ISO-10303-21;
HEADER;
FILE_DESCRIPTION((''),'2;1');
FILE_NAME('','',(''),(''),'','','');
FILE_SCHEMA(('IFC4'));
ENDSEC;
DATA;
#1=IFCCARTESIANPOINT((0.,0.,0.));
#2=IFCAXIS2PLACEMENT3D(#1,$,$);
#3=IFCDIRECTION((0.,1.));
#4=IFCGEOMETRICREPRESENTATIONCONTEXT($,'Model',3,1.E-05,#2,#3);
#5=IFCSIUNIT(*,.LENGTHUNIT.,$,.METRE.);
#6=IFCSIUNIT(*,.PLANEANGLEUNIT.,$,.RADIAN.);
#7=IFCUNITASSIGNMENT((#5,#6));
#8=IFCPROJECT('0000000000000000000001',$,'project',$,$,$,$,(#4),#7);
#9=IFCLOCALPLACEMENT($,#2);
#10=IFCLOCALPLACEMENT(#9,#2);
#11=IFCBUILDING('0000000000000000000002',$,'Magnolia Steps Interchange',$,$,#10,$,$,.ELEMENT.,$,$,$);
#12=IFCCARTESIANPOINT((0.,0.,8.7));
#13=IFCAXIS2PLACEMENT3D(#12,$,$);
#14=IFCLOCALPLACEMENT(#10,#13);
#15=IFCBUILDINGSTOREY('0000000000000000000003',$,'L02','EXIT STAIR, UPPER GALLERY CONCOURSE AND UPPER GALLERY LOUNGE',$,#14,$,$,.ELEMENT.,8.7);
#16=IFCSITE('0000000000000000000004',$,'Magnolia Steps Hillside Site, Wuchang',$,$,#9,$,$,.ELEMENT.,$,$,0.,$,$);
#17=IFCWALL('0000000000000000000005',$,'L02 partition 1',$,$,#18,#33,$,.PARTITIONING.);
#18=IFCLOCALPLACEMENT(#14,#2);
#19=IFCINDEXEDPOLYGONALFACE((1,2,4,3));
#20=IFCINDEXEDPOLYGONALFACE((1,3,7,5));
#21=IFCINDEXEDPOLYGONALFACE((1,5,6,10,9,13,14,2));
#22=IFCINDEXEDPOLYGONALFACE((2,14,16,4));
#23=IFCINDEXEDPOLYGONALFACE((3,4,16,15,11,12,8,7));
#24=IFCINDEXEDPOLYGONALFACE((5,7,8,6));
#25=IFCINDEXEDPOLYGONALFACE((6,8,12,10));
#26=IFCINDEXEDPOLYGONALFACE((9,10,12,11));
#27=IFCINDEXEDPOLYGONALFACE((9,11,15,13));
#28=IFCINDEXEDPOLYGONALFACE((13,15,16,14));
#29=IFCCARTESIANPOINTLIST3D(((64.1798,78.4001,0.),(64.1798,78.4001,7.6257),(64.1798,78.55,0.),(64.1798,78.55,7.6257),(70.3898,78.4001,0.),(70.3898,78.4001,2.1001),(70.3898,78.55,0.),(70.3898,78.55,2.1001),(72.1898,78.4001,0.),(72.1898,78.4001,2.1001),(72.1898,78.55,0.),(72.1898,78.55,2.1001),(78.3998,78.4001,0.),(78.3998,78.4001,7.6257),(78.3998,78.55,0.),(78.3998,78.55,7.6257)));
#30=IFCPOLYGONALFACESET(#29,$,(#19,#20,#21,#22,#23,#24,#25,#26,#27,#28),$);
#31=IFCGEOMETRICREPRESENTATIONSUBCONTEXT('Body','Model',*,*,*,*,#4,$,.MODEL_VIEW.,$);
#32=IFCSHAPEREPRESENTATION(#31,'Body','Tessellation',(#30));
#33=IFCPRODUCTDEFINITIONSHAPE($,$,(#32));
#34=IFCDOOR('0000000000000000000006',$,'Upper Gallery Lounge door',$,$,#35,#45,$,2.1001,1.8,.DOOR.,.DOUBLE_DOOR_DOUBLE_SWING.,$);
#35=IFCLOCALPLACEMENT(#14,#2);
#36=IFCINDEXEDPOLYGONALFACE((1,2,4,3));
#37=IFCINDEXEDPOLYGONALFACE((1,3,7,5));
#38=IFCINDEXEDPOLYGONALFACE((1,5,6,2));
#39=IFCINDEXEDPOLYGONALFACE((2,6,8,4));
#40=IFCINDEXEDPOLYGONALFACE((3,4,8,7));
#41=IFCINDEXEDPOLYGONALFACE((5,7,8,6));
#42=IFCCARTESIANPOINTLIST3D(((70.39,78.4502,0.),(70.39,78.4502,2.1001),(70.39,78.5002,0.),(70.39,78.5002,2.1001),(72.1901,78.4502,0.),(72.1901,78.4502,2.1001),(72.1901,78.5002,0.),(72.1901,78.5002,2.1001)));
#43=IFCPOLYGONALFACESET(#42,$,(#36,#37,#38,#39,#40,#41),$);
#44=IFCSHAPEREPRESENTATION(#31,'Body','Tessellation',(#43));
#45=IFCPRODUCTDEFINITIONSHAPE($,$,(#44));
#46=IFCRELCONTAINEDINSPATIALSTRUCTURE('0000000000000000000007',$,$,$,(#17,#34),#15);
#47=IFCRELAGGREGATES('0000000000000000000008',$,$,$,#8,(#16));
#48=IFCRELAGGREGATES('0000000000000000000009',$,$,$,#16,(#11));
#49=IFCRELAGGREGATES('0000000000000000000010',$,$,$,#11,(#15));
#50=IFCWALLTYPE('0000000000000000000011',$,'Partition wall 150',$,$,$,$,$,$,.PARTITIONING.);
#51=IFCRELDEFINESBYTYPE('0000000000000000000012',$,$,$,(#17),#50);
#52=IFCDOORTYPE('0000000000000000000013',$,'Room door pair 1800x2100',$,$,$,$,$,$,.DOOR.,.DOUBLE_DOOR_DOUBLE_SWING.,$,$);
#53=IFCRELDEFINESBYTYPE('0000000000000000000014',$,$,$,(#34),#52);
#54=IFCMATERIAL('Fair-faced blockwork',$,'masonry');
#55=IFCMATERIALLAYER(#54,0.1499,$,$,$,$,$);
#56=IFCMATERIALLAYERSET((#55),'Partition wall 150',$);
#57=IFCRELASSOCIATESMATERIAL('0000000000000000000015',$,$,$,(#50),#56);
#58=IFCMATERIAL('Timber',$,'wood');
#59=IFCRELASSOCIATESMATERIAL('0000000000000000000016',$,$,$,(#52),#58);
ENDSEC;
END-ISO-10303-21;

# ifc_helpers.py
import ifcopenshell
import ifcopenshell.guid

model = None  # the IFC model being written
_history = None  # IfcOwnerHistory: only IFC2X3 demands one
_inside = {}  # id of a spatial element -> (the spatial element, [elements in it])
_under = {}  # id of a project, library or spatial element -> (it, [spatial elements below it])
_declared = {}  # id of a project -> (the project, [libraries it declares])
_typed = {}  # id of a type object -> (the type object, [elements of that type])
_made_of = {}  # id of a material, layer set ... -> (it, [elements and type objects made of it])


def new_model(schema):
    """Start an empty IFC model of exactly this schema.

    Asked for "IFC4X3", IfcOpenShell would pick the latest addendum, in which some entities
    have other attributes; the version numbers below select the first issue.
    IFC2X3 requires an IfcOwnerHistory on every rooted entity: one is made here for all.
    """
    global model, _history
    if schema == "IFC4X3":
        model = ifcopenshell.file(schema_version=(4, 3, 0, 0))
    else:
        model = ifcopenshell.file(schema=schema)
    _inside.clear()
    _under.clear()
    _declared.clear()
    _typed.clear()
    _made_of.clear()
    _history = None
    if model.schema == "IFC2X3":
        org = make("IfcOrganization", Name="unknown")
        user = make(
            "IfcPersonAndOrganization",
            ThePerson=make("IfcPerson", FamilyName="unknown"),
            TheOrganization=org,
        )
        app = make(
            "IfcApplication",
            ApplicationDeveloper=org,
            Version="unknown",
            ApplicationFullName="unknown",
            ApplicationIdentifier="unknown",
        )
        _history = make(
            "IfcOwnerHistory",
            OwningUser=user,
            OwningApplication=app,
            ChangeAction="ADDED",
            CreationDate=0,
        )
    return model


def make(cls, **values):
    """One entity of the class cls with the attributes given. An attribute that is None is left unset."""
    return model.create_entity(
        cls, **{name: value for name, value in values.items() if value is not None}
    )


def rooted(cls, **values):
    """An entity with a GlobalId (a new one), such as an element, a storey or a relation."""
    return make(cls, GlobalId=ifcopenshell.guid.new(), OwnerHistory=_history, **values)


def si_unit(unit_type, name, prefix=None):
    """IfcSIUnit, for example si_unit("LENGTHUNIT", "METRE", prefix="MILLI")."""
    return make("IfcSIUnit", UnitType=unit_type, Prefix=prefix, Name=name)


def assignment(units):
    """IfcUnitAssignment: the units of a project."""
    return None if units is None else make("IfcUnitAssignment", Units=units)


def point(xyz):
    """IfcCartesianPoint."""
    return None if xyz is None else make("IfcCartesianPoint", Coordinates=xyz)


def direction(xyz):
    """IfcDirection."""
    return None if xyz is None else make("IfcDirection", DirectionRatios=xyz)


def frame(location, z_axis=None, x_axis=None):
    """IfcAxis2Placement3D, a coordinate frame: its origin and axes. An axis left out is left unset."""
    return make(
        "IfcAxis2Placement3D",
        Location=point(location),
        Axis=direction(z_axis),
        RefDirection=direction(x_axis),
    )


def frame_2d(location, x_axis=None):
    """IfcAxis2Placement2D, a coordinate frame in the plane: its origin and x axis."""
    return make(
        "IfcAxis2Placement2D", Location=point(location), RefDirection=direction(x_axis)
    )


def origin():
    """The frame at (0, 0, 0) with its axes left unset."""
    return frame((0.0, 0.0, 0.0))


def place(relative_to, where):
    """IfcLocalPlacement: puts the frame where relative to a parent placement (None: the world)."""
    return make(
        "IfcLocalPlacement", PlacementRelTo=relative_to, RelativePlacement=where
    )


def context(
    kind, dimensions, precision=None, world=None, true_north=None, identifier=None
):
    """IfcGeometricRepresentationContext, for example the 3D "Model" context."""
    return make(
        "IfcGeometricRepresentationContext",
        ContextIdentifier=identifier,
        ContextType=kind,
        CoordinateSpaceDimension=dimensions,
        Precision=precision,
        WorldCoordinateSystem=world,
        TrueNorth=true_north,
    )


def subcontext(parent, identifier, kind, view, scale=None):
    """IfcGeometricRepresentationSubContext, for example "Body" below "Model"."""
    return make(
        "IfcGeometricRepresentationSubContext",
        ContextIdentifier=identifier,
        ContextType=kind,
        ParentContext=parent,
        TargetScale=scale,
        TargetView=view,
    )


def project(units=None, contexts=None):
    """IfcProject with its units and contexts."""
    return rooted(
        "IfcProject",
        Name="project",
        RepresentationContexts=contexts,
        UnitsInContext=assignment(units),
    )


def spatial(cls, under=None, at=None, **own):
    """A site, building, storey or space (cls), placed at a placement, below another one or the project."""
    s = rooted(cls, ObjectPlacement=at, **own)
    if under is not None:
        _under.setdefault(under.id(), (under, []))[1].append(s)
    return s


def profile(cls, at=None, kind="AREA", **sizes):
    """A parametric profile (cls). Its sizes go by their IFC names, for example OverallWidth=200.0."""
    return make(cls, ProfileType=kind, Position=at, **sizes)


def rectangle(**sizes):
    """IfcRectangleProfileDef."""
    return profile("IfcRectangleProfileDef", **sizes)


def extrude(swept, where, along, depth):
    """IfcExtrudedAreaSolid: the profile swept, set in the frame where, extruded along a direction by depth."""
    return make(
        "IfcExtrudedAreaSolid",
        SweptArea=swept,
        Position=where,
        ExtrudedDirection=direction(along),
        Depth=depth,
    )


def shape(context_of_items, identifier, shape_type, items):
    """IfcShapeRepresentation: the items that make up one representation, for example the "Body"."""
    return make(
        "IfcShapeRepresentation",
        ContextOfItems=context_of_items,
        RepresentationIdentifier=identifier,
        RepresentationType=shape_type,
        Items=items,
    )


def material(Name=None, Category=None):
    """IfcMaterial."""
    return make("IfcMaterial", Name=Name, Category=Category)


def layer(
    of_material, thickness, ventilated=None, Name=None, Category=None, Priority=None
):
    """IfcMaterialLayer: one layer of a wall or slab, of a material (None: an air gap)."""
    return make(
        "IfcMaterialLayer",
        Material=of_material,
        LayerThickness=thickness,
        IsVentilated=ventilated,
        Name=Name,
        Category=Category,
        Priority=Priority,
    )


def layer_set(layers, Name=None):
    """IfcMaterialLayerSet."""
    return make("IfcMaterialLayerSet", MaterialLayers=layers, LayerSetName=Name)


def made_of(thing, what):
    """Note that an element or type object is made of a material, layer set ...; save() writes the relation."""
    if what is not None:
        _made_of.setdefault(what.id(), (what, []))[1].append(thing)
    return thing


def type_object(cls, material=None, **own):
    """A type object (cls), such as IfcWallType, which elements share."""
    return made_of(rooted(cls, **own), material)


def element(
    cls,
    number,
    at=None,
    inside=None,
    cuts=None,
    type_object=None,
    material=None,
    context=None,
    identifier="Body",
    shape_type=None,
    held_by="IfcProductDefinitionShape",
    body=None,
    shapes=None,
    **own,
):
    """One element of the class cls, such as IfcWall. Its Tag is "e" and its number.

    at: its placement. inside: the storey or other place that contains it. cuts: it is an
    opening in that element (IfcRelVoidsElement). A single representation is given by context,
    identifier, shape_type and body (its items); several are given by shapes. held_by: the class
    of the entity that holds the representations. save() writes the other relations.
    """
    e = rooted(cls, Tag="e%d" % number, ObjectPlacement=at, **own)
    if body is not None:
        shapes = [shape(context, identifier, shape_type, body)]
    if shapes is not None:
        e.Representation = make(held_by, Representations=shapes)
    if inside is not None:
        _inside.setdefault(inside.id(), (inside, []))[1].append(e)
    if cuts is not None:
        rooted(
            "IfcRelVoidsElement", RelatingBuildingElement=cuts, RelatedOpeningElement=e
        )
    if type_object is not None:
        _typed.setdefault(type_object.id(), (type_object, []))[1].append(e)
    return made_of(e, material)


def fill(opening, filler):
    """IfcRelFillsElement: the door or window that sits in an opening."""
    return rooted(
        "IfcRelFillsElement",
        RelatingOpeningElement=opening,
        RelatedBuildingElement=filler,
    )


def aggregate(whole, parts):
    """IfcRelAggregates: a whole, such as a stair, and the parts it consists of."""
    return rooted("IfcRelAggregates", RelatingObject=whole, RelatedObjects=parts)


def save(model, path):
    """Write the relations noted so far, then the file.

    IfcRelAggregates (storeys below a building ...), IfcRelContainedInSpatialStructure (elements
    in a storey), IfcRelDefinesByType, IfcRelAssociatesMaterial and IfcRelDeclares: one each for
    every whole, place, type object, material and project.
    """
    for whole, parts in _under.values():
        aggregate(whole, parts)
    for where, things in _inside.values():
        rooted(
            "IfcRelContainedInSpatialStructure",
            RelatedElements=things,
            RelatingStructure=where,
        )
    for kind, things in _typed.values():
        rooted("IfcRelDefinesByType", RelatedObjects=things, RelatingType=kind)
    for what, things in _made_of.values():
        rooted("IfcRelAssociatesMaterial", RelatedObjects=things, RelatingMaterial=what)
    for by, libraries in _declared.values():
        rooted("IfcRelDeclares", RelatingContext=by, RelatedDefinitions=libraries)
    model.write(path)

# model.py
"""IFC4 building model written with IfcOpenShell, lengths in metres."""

from ifc_helpers import new_model, si_unit, direction, frame, frame_2d, origin, place, context, subcontext, project, spatial, rectangle, extrude, material, layer, layer_set, type_object, element, fill, save


model = new_model("IFC4")

# Units and contexts
model_context = context("Model", 3, precision=1e-05, world=origin(), true_north=direction((0.0, 1.0)))
body_context = subcontext(model_context, "Body", "Model", "MODEL_VIEW")
ifc_project = project(units=[si_unit("LENGTHUNIT", "METRE"), si_unit("PLANEANGLEUNIT", "RADIAN")], contexts=[model_context])

# Site, building, storey
site_placement = place(None, origin())
site = spatial("IfcSite", under=ifc_project, at=site_placement, Name="Magnolia Steps Hillside Site, Wuchang", CompositionType="ELEMENT", RefElevation=0.0)
building_placement = place(site_placement, origin())
building = spatial("IfcBuilding", under=site, at=building_placement, Name="Magnolia Steps Interchange", CompositionType="ELEMENT")
storey_placement = place(building_placement, frame((0.0, 0.0, 8.7)))
storey = spatial("IfcBuildingStorey", under=building, at=storey_placement, Name="L02", Description="EXIT STAIR, UPPER GALLERY CONCOURSE AND UPPER GALLERY LOUNGE", CompositionType="ELEMENT", Elevation=8.7)

# Wall, opening, door
ifc_material_1 = material(Name="Fair-faced blockwork", Category="masonry")
ifc_layer_1 = layer(ifc_material_1, 0.1499)
ifc_layer_set_1 = layer_set([ifc_layer_1], Name="Partition wall 150")
wall_type_1 = type_object("IfcWallType", Name="Partition wall 150", PredefinedType="PARTITIONING", material=ifc_layer_set_1)
wall_1_placement = place(storey_placement, frame((64.1799, 78.4751, 0.0), z_axis=(0.0, 0.0, 1.0), x_axis=(1.0, 0.0, 0.0)))
wall_1 = element("IfcWall", 1, at=wall_1_placement, inside=storey, type_object=wall_type_1, Name="L02 partition 1", PredefinedType="PARTITIONING", context=body_context, shape_type="SweptSolid", body=[
    extrude(rectangle(XDim=14.22, YDim=0.1499, at=frame_2d((7.1099, 0.0))), origin(), (0.0, 0.0, 1.0), 7.6257),
])
opening_1_placement = place(wall_1_placement, frame((6.21, 0.0, 0.0)))
opening_1 = element("IfcOpeningElement", 2, at=opening_1_placement, cuts=wall_1, PredefinedType="OPENING", context=body_context, shape_type="SweptSolid", body=[
    extrude(rectangle(XDim=1.8, YDim=2.1001, at=frame_2d((0.8999, 1.05))), frame((0.0, 0.085, 0.0), z_axis=(0.0, -1.0, 0.0), x_axis=(1.0, 0.0, 0.0)), (0.0, 0.0, 1.0), 0.1699),
])
ifc_material_2 = material(Name="Timber", Category="wood")
door_type_1 = type_object("IfcDoorType", Name="Room door pair 1800x2100", OperationType="DOUBLE_DOOR_DOUBLE_SWING", PredefinedType="DOOR", material=ifc_material_2)
door_1_placement = place(opening_1_placement, frame((1.8, 0.0, 0.0), z_axis=(0.0, 0.0, 1.0), x_axis=(-1.0, 0.0, 0.0)))
door_1 = element("IfcDoor", 3, at=door_1_placement, inside=storey, type_object=door_type_1, Name="Upper Gallery Lounge door", OperationType="DOUBLE_DOOR_DOUBLE_SWING", OverallHeight=2.1001, OverallWidth=1.8, PredefinedType="DOOR", context=body_context, shape_type="SweptSolid", body=[
    extrude(rectangle(XDim=1.8, YDim=2.1001, at=frame_2d((0.8999, 1.05))), frame((0.0, 0.0249, 0.0), z_axis=(0.0, -1.0, 0.0), x_axis=(1.0, 0.0, 0.0)), (0.0, 0.0, 1.0), 0.05),
])
fill(opening_1, door_1)

save(model, "model.ifc")
